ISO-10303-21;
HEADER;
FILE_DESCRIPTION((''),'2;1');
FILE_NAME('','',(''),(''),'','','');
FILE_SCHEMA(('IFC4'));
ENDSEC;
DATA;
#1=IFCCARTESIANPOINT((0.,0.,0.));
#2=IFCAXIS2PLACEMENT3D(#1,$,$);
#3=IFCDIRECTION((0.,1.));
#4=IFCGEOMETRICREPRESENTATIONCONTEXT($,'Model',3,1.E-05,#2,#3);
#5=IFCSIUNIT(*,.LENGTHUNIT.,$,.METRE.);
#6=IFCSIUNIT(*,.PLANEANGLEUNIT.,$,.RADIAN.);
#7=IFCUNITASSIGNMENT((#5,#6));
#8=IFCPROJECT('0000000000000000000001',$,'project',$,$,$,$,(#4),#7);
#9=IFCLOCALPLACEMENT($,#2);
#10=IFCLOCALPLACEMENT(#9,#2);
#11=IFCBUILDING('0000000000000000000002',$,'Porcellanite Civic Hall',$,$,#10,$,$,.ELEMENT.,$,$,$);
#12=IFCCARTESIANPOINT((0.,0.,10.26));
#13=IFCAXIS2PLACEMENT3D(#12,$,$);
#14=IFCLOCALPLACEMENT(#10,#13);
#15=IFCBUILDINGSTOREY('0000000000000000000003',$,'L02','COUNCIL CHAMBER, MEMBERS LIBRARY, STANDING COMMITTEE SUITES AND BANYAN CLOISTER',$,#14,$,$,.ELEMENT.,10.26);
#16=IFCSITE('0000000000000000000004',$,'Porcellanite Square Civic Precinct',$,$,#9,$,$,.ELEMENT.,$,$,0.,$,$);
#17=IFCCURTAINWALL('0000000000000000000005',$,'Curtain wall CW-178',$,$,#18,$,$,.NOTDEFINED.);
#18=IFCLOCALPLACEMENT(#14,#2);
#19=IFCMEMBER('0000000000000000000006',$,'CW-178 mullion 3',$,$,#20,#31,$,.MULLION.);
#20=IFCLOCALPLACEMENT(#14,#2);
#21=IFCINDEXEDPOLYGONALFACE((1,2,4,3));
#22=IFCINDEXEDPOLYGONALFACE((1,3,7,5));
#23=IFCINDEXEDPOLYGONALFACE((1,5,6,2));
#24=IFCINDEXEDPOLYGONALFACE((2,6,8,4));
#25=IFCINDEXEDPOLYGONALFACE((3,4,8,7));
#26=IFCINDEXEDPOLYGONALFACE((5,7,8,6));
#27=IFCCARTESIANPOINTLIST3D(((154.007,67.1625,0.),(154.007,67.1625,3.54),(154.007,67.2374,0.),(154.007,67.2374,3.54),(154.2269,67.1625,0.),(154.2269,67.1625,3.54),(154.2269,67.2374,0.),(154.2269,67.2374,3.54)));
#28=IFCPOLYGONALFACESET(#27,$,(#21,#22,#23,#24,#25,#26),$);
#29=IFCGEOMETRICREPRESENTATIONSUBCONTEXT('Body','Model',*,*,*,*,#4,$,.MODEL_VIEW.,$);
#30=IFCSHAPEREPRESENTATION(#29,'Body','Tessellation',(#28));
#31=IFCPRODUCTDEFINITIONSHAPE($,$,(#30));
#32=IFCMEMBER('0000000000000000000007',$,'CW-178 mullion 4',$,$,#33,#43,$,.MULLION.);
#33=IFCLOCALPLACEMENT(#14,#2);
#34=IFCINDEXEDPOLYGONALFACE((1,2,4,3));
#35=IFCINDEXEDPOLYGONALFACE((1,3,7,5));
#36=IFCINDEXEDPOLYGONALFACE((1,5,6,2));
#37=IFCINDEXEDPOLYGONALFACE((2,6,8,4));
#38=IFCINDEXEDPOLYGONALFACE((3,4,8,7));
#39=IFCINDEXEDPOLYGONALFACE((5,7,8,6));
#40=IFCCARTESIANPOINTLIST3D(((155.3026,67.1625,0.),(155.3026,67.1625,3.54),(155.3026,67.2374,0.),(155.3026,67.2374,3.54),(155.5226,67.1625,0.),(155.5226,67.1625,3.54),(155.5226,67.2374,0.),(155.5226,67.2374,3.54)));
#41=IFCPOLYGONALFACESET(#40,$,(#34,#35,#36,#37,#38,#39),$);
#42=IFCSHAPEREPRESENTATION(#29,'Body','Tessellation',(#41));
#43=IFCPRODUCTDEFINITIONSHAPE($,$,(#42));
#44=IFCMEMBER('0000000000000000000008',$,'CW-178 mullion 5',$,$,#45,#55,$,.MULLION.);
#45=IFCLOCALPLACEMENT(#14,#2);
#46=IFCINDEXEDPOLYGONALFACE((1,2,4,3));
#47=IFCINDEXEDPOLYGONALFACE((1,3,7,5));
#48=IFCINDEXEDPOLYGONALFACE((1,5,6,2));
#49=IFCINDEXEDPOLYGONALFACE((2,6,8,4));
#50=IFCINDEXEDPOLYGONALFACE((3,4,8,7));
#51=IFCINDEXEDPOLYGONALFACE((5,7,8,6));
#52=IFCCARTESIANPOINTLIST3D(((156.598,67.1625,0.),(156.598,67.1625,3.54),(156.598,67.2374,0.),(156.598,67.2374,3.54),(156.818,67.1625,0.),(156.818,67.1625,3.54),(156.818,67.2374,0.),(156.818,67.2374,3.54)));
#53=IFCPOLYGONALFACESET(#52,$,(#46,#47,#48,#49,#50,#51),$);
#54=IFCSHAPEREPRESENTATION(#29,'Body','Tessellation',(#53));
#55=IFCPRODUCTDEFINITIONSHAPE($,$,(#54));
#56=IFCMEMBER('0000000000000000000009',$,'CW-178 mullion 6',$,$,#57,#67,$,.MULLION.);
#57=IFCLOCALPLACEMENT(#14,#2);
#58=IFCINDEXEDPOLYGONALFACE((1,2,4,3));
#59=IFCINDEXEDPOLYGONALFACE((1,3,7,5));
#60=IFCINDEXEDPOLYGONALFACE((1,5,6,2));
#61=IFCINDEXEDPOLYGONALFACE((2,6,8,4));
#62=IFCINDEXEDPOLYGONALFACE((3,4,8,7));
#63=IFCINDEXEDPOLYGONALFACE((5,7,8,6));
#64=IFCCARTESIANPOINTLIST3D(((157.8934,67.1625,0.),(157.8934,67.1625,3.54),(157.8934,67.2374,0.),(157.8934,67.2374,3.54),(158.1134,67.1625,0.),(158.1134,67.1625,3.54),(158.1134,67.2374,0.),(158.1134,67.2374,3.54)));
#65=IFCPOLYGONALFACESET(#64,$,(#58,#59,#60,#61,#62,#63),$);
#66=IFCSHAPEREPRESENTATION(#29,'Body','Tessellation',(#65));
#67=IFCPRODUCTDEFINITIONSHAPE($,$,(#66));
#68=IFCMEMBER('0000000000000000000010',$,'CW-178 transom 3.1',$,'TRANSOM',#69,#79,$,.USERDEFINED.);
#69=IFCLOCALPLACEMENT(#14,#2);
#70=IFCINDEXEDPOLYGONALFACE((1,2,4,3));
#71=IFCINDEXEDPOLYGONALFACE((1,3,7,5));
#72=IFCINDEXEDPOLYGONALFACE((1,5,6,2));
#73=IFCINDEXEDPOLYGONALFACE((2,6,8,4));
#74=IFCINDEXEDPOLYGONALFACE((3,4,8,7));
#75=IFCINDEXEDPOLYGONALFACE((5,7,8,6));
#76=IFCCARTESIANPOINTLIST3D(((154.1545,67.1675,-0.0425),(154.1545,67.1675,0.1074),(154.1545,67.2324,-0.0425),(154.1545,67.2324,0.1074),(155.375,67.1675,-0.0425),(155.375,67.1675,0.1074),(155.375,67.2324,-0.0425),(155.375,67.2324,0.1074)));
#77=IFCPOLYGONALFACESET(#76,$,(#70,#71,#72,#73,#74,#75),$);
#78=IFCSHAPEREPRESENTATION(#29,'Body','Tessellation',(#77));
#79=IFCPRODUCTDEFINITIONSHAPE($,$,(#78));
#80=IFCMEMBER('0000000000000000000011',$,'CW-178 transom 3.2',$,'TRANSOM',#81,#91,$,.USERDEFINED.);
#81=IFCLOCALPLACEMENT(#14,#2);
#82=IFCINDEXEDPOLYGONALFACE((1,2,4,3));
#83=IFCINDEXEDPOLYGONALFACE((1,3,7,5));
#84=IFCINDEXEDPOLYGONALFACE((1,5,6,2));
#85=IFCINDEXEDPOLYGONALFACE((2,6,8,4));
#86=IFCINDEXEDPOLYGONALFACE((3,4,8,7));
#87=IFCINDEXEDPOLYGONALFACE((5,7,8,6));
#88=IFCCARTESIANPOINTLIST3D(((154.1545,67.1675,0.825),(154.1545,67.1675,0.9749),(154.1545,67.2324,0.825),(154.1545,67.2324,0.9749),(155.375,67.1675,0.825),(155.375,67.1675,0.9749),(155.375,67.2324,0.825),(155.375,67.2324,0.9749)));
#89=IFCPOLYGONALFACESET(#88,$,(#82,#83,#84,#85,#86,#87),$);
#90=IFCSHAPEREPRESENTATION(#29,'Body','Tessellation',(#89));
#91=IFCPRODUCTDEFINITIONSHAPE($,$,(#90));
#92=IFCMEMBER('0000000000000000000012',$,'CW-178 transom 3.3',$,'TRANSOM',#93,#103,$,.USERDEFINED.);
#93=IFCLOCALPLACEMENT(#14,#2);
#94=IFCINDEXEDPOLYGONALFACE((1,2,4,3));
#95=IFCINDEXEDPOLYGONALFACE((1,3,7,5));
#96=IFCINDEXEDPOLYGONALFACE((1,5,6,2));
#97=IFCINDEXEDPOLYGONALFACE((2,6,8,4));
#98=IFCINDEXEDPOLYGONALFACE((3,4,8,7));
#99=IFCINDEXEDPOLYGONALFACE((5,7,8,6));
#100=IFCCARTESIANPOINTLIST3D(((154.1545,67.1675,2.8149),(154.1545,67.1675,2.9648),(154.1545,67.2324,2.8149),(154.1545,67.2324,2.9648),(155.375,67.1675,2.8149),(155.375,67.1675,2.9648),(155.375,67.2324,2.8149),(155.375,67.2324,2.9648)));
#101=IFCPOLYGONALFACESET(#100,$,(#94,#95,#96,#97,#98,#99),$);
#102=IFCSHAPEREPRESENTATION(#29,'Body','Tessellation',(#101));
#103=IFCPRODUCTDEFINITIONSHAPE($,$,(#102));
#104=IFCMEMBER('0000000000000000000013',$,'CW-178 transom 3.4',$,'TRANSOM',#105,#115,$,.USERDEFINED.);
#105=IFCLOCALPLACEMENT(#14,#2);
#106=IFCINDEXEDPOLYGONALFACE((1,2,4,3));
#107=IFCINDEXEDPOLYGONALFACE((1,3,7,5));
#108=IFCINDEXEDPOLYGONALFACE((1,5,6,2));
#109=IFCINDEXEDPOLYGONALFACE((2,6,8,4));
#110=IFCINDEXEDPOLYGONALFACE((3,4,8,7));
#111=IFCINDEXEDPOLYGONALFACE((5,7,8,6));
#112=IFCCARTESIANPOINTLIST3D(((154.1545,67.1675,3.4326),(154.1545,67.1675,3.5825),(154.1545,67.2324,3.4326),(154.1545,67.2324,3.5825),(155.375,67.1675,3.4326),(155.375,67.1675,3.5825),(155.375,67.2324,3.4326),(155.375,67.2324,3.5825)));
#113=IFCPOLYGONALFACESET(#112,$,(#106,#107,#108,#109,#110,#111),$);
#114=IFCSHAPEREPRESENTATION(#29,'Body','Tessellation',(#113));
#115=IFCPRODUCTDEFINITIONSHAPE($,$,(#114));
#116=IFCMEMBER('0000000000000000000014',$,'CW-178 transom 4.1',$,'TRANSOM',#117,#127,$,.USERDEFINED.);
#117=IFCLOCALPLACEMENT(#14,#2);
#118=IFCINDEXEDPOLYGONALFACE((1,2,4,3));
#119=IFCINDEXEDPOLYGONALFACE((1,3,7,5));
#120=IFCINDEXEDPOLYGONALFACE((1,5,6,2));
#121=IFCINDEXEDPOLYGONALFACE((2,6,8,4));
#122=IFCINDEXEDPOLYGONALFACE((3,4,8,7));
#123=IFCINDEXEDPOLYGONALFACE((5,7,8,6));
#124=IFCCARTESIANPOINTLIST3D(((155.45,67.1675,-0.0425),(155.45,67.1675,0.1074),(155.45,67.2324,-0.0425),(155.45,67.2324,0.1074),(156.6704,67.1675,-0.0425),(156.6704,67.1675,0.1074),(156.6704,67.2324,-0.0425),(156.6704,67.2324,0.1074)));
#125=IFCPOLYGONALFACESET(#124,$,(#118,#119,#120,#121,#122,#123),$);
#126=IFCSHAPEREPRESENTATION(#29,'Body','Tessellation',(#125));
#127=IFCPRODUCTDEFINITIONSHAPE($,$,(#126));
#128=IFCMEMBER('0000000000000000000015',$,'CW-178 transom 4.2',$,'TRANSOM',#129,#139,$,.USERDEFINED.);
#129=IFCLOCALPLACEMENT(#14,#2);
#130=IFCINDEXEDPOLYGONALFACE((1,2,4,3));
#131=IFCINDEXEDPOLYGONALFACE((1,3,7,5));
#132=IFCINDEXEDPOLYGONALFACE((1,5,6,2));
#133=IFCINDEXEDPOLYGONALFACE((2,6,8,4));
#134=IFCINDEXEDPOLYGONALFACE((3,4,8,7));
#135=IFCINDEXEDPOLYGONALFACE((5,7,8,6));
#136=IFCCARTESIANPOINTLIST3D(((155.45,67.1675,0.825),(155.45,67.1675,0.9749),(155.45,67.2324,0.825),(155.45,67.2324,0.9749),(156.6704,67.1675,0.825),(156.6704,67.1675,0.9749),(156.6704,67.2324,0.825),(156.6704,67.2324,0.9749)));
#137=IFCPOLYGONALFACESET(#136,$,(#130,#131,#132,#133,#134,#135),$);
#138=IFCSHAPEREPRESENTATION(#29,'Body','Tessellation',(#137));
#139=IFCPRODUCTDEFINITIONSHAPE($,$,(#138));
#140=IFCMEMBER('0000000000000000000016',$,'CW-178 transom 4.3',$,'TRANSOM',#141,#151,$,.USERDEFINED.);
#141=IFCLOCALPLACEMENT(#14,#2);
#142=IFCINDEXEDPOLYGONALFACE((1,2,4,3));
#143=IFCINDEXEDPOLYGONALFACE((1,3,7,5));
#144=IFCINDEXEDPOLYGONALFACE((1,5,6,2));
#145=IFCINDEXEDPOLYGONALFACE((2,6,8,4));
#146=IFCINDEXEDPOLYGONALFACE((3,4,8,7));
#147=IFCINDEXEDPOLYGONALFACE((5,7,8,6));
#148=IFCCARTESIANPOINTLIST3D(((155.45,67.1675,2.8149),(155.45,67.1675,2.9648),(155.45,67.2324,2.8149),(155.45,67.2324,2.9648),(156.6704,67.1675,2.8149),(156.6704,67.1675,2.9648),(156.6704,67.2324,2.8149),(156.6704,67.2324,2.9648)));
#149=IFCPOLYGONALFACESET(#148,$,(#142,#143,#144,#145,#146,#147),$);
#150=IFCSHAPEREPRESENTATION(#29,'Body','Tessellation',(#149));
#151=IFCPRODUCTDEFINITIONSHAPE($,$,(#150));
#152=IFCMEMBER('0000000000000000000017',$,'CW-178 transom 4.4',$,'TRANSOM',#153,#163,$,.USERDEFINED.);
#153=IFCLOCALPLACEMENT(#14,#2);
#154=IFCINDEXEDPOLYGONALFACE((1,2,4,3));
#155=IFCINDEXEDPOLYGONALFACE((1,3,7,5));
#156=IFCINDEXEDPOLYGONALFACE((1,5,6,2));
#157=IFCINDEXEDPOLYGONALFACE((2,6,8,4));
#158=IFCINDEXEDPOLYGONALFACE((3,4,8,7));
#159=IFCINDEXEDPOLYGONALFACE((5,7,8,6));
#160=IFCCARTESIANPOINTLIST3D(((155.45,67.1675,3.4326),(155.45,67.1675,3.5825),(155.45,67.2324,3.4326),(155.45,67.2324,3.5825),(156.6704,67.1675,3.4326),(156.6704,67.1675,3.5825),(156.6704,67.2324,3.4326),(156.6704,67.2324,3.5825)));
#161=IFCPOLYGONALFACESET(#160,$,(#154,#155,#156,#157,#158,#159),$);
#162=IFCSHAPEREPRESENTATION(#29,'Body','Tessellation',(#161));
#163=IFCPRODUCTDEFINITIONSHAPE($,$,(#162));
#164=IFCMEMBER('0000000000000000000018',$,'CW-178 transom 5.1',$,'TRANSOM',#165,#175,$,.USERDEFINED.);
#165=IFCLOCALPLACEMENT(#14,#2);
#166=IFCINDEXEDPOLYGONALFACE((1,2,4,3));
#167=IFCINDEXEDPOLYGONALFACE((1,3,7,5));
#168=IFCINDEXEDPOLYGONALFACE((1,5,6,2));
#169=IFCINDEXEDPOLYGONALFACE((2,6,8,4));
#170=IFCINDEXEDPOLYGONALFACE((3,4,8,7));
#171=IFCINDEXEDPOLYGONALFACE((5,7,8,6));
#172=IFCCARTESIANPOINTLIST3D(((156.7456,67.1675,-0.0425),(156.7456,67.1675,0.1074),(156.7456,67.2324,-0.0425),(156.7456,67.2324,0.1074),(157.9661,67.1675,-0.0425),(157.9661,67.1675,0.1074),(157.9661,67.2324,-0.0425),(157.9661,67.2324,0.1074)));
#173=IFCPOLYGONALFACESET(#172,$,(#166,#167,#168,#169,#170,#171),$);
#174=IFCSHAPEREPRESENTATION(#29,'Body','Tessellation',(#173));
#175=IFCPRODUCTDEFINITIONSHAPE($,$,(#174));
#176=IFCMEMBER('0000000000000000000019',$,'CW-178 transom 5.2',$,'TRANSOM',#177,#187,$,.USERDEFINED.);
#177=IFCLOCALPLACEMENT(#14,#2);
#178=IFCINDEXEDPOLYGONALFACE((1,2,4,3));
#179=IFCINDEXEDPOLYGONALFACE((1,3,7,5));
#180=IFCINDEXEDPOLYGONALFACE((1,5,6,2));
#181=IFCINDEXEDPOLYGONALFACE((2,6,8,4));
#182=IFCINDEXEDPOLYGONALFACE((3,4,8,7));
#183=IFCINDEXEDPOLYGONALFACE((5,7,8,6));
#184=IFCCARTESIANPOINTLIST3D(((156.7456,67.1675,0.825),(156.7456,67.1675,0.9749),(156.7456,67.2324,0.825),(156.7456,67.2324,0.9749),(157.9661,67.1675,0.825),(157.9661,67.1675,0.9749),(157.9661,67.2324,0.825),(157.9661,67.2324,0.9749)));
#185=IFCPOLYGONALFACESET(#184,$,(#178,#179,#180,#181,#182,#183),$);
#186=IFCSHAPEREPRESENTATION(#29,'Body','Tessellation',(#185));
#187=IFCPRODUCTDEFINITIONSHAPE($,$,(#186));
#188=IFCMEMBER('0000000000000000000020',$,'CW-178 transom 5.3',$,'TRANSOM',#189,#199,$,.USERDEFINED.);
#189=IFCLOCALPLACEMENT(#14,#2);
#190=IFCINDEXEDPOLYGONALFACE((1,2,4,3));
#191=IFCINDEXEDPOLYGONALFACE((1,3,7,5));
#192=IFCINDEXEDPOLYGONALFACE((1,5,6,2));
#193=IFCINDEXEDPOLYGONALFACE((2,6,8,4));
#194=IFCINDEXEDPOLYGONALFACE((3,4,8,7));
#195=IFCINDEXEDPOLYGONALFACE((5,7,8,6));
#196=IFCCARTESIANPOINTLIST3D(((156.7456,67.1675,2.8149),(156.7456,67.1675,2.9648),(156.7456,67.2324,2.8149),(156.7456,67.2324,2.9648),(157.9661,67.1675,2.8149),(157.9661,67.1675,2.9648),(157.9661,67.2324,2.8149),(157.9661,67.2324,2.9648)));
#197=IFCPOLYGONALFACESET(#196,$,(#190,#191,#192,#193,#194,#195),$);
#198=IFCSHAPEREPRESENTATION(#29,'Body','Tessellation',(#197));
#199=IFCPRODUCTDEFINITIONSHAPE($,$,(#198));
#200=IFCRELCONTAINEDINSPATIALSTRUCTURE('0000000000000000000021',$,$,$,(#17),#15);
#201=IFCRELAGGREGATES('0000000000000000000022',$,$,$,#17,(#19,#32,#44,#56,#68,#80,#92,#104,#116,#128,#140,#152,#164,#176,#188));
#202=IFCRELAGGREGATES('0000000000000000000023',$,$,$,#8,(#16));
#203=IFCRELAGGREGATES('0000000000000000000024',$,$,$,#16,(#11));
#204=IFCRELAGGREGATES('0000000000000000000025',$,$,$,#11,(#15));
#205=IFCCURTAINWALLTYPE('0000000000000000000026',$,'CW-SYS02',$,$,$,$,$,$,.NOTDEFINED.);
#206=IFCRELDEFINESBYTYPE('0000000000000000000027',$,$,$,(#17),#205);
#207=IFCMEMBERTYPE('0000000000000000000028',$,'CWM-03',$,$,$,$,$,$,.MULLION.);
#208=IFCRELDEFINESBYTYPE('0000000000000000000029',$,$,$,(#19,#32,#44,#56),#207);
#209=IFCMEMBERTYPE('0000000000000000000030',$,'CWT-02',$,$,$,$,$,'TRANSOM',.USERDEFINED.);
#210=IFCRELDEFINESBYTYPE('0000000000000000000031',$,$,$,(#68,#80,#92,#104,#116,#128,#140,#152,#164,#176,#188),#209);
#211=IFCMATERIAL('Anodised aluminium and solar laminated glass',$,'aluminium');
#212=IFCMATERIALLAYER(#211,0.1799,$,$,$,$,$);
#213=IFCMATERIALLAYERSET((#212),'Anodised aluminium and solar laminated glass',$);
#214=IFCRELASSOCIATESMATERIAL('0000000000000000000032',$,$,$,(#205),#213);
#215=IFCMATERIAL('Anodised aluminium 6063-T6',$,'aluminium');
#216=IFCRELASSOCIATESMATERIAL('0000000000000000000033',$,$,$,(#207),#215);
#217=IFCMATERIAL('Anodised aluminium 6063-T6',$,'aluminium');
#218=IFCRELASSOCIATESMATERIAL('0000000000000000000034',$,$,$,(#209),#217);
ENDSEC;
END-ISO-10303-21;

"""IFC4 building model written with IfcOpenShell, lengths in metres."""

from ifc_helpers import new_model, si_unit, direction, frame, origin, origin_2d, place, context, subcontext, project, spatial, rectangle, extrude, material, layer, layer_set, material_profile, profile_set, type_object, element, aggregate, save


model = new_model("IFC4")

# Units and contexts
model_context = context("Model", 3, precision=1e-05, world=origin(), true_north=direction((0.0, 1.0)))
body_context = subcontext(model_context, "Body", "Model", "MODEL_VIEW")
ifc_project = project(units=[si_unit("LENGTHUNIT", "METRE"), si_unit("PLANEANGLEUNIT", "RADIAN")], contexts=[model_context])

# Site, building, storey
site_placement = place(None, origin())
site = spatial("IfcSite", under=ifc_project, at=site_placement, Name="Porcellanite Square Civic Precinct", CompositionType="ELEMENT", RefElevation=0.0)
building_placement = place(site_placement, origin())
building = spatial("IfcBuilding", under=site, at=building_placement, Name="Porcellanite Civic Hall", CompositionType="ELEMENT")
storey_placement = place(building_placement, frame((0.0, 0.0, 10.26)))
storey = spatial("IfcBuildingStorey", under=building, at=storey_placement, Name="L02", Description="COUNCIL CHAMBER, MEMBERS LIBRARY, STANDING COMMITTEE SUITES AND BANYAN CLOISTER", CompositionType="ELEMENT", Elevation=10.26)

# Curtain wall, members
ifc_material_1 = material(Name="Anodised aluminium and solar laminated glass", Category="aluminium")
ifc_layer_1 = layer(ifc_material_1, 0.1799)
ifc_layer_set_1 = layer_set([ifc_layer_1], Name="Anodised aluminium and solar laminated glass")
curtain_wall_type = type_object("IfcCurtainWallType", Name="CW-SYS02", PredefinedType="NOTDEFINED", material=ifc_layer_set_1)
curtain_wall_placement = place(storey_placement, origin())
curtain_wall = element("IfcCurtainWall", 1, at=curtain_wall_placement, inside=storey, type_object=curtain_wall_type, Name="Curtain wall CW-178", PredefinedType="NOTDEFINED")
ifc_material_2 = material(Name="Anodised aluminium 6063-T6", Category="aluminium")
ifc_material_profile_1 = material_profile(ifc_material_2, rectangle(XDim=0.075, YDim=0.22, at=origin_2d()), Name="AL-75x220")
ifc_profile_set_1 = profile_set([ifc_material_profile_1], Name="Anodised aluminium 6063-T6")
member_type_1 = type_object("IfcMemberType", Name="CWM-03", PredefinedType="MULLION", material=ifc_profile_set_1)
member_1_placement = place(storey_placement, frame((154.1169, 67.2, 0.0), z_axis=(0.0, 0.0, 1.0), x_axis=(0.0, 1.0, 0.0)))
member_1 = element("IfcMember", 2, at=member_1_placement, type_object=member_type_1, Name="CW-178 mullion 3", PredefinedType="MULLION", context=body_context, shape_type="SweptSolid", body=[
    extrude(rectangle(XDim=0.075, YDim=0.22, at=origin_2d()), origin(), (0.0, 0.0, 1.0), 3.54),
])
member_2_placement = place(storey_placement, frame((155.4126, 67.2, 0.0), z_axis=(0.0, 0.0, 1.0), x_axis=(0.0, 1.0, 0.0)))
member_2 = element("IfcMember", 3, at=member_2_placement, type_object=member_type_1, Name="CW-178 mullion 4", PredefinedType="MULLION", context=body_context, shape_type="SweptSolid", body=[
    extrude(rectangle(XDim=0.075, YDim=0.22, at=origin_2d()), origin(), (0.0, 0.0, 1.0), 3.54),
])
member_3_placement = place(storey_placement, frame((156.708, 67.2, 0.0), z_axis=(0.0, 0.0, 1.0), x_axis=(0.0, 1.0, 0.0)))
member_3 = element("IfcMember", 4, at=member_3_placement, type_object=member_type_1, Name="CW-178 mullion 5", PredefinedType="MULLION", context=body_context, shape_type="SweptSolid", body=[
    extrude(rectangle(XDim=0.075, YDim=0.22, at=origin_2d()), origin(), (0.0, 0.0, 1.0), 3.54),
])
member_4_placement = place(storey_placement, frame((158.0034, 67.2, 0.0), z_axis=(0.0, 0.0, 1.0), x_axis=(0.0, 1.0, 0.0)))
member_4 = element("IfcMember", 5, at=member_4_placement, type_object=member_type_1, Name="CW-178 mullion 6", PredefinedType="MULLION", context=body_context, shape_type="SweptSolid", body=[
    extrude(rectangle(XDim=0.075, YDim=0.22, at=origin_2d()), origin(), (0.0, 0.0, 1.0), 3.54),
])
ifc_material_3 = material(Name="Anodised aluminium 6063-T6", Category="aluminium")
ifc_material_profile_2 = material_profile(ifc_material_3, rectangle(XDim=0.0649, YDim=0.1499, at=origin_2d()), Name="AL-65x150")
ifc_profile_set_2 = profile_set([ifc_material_profile_2], Name="Anodised aluminium 6063-T6")
member_type_2 = type_object("IfcMemberType", Name="CWT-02", ElementType="TRANSOM", PredefinedType="USERDEFINED", material=ifc_profile_set_2)
member_5_placement = place(storey_placement, frame((154.1545, 67.2, 0.0325), z_axis=(1.0, 0.0, 0.0), x_axis=(0.0, 1.0, 0.0)))
member_5 = element("IfcMember", 6, at=member_5_placement, type_object=member_type_2, Name="CW-178 transom 3.1", ObjectType="TRANSOM", PredefinedType="USERDEFINED", context=body_context, shape_type="SweptSolid", body=[
    extrude(rectangle(XDim=0.0649, YDim=0.1499, at=origin_2d()), origin(), (0.0, 0.0, 1.0), 1.2205),
])
member_6_placement = place(storey_placement, frame((154.1545, 67.2, 0.8999), z_axis=(1.0, 0.0, 0.0), x_axis=(0.0, 1.0, 0.0)))
member_6 = element("IfcMember", 7, at=member_6_placement, type_object=member_type_2, Name="CW-178 transom 3.2", ObjectType="TRANSOM", PredefinedType="USERDEFINED", context=body_context, shape_type="SweptSolid", body=[
    extrude(rectangle(XDim=0.0649, YDim=0.1499, at=origin_2d()), origin(), (0.0, 0.0, 1.0), 1.2205),
])
member_7_placement = place(storey_placement, frame((154.1545, 67.2, 2.8899), z_axis=(1.0, 0.0, 0.0), x_axis=(0.0, 1.0, 0.0)))
member_7 = element("IfcMember", 8, at=member_7_placement, type_object=member_type_2, Name="CW-178 transom 3.3", ObjectType="TRANSOM", PredefinedType="USERDEFINED", context=body_context, shape_type="SweptSolid", body=[
    extrude(rectangle(XDim=0.0649, YDim=0.1499, at=origin_2d()), origin(), (0.0, 0.0, 1.0), 1.2205),
])
member_8_placement = place(storey_placement, frame((154.1545, 67.2, 3.5076), z_axis=(1.0, 0.0, 0.0), x_axis=(0.0, 1.0, 0.0)))
member_8 = element("IfcMember", 9, at=member_8_placement, type_object=member_type_2, Name="CW-178 transom 3.4", ObjectType="TRANSOM", PredefinedType="USERDEFINED", context=body_context, shape_type="SweptSolid", body=[
    extrude(rectangle(XDim=0.0649, YDim=0.1499, at=origin_2d()), origin(), (0.0, 0.0, 1.0), 1.2205),
])
member_9_placement = place(storey_placement, frame((155.45, 67.2, 0.0325), z_axis=(1.0, 0.0, 0.0), x_axis=(0.0, 1.0, 0.0)))
member_9 = element("IfcMember", 10, at=member_9_placement, type_object=member_type_2, Name="CW-178 transom 4.1", ObjectType="TRANSOM", PredefinedType="USERDEFINED", context=body_context, shape_type="SweptSolid", body=[
    extrude(rectangle(XDim=0.0649, YDim=0.1499, at=origin_2d()), origin(), (0.0, 0.0, 1.0), 1.2205),
])
member_10_placement = place(storey_placement, frame((155.45, 67.2, 0.8999), z_axis=(1.0, 0.0, 0.0), x_axis=(0.0, 1.0, 0.0)))
member_10 = element("IfcMember", 11, at=member_10_placement, type_object=member_type_2, Name="CW-178 transom 4.2", ObjectType="TRANSOM", PredefinedType="USERDEFINED", context=body_context, shape_type="SweptSolid", body=[
    extrude(rectangle(XDim=0.0649, YDim=0.1499, at=origin_2d()), origin(), (0.0, 0.0, 1.0), 1.2205),
])
member_11_placement = place(storey_placement, frame((155.45, 67.2, 2.8899), z_axis=(1.0, 0.0, 0.0), x_axis=(0.0, 1.0, 0.0)))
member_11 = element("IfcMember", 12, at=member_11_placement, type_object=member_type_2, Name="CW-178 transom 4.3", ObjectType="TRANSOM", PredefinedType="USERDEFINED", context=body_context, shape_type="SweptSolid", body=[
    extrude(rectangle(XDim=0.0649, YDim=0.1499, at=origin_2d()), origin(), (0.0, 0.0, 1.0), 1.2205),
])
member_12_placement = place(storey_placement, frame((155.45, 67.2, 3.5076), z_axis=(1.0, 0.0, 0.0), x_axis=(0.0, 1.0, 0.0)))
member_12 = element("IfcMember", 13, at=member_12_placement, type_object=member_type_2, Name="CW-178 transom 4.4", ObjectType="TRANSOM", PredefinedType="USERDEFINED", context=body_context, shape_type="SweptSolid", body=[
    extrude(rectangle(XDim=0.0649, YDim=0.1499, at=origin_2d()), origin(), (0.0, 0.0, 1.0), 1.2205),
])
member_13_placement = place(storey_placement, frame((156.7456, 67.2, 0.0325), z_axis=(1.0, 0.0, 0.0), x_axis=(0.0, 1.0, 0.0)))
member_13 = element("IfcMember", 14, at=member_13_placement, type_object=member_type_2, Name="CW-178 transom 5.1", ObjectType="TRANSOM", PredefinedType="USERDEFINED", context=body_context, shape_type="SweptSolid", body=[
    extrude(rectangle(XDim=0.0649, YDim=0.1499, at=origin_2d()), origin(), (0.0, 0.0, 1.0), 1.2205),
])
member_14_placement = place(storey_placement, frame((156.7456, 67.2, 0.8999), z_axis=(1.0, 0.0, 0.0), x_axis=(0.0, 1.0, 0.0)))
member_14 = element("IfcMember", 15, at=member_14_placement, type_object=member_type_2, Name="CW-178 transom 5.2", ObjectType="TRANSOM", PredefinedType="USERDEFINED", context=body_context, shape_type="SweptSolid", body=[
    extrude(rectangle(XDim=0.0649, YDim=0.1499, at=origin_2d()), origin(), (0.0, 0.0, 1.0), 1.2205),
])
member_15_placement = place(storey_placement, frame((156.7456, 67.2, 2.8899), z_axis=(1.0, 0.0, 0.0), x_axis=(0.0, 1.0, 0.0)))
member_15 = element("IfcMember", 16, at=member_15_placement, type_object=member_type_2, Name="CW-178 transom 5.3", ObjectType="TRANSOM", PredefinedType="USERDEFINED", context=body_context, shape_type="SweptSolid", body=[
    extrude(rectangle(XDim=0.0649, YDim=0.1499, at=origin_2d()), origin(), (0.0, 0.0, 1.0), 1.2205),
])
aggregate(curtain_wall, [member_1, member_2, member_3, member_4, member_5, member_6, member_7, member_8, member_9, member_10, member_11, member_12, member_13, member_14, member_15])

save(model, "model.ifc")
